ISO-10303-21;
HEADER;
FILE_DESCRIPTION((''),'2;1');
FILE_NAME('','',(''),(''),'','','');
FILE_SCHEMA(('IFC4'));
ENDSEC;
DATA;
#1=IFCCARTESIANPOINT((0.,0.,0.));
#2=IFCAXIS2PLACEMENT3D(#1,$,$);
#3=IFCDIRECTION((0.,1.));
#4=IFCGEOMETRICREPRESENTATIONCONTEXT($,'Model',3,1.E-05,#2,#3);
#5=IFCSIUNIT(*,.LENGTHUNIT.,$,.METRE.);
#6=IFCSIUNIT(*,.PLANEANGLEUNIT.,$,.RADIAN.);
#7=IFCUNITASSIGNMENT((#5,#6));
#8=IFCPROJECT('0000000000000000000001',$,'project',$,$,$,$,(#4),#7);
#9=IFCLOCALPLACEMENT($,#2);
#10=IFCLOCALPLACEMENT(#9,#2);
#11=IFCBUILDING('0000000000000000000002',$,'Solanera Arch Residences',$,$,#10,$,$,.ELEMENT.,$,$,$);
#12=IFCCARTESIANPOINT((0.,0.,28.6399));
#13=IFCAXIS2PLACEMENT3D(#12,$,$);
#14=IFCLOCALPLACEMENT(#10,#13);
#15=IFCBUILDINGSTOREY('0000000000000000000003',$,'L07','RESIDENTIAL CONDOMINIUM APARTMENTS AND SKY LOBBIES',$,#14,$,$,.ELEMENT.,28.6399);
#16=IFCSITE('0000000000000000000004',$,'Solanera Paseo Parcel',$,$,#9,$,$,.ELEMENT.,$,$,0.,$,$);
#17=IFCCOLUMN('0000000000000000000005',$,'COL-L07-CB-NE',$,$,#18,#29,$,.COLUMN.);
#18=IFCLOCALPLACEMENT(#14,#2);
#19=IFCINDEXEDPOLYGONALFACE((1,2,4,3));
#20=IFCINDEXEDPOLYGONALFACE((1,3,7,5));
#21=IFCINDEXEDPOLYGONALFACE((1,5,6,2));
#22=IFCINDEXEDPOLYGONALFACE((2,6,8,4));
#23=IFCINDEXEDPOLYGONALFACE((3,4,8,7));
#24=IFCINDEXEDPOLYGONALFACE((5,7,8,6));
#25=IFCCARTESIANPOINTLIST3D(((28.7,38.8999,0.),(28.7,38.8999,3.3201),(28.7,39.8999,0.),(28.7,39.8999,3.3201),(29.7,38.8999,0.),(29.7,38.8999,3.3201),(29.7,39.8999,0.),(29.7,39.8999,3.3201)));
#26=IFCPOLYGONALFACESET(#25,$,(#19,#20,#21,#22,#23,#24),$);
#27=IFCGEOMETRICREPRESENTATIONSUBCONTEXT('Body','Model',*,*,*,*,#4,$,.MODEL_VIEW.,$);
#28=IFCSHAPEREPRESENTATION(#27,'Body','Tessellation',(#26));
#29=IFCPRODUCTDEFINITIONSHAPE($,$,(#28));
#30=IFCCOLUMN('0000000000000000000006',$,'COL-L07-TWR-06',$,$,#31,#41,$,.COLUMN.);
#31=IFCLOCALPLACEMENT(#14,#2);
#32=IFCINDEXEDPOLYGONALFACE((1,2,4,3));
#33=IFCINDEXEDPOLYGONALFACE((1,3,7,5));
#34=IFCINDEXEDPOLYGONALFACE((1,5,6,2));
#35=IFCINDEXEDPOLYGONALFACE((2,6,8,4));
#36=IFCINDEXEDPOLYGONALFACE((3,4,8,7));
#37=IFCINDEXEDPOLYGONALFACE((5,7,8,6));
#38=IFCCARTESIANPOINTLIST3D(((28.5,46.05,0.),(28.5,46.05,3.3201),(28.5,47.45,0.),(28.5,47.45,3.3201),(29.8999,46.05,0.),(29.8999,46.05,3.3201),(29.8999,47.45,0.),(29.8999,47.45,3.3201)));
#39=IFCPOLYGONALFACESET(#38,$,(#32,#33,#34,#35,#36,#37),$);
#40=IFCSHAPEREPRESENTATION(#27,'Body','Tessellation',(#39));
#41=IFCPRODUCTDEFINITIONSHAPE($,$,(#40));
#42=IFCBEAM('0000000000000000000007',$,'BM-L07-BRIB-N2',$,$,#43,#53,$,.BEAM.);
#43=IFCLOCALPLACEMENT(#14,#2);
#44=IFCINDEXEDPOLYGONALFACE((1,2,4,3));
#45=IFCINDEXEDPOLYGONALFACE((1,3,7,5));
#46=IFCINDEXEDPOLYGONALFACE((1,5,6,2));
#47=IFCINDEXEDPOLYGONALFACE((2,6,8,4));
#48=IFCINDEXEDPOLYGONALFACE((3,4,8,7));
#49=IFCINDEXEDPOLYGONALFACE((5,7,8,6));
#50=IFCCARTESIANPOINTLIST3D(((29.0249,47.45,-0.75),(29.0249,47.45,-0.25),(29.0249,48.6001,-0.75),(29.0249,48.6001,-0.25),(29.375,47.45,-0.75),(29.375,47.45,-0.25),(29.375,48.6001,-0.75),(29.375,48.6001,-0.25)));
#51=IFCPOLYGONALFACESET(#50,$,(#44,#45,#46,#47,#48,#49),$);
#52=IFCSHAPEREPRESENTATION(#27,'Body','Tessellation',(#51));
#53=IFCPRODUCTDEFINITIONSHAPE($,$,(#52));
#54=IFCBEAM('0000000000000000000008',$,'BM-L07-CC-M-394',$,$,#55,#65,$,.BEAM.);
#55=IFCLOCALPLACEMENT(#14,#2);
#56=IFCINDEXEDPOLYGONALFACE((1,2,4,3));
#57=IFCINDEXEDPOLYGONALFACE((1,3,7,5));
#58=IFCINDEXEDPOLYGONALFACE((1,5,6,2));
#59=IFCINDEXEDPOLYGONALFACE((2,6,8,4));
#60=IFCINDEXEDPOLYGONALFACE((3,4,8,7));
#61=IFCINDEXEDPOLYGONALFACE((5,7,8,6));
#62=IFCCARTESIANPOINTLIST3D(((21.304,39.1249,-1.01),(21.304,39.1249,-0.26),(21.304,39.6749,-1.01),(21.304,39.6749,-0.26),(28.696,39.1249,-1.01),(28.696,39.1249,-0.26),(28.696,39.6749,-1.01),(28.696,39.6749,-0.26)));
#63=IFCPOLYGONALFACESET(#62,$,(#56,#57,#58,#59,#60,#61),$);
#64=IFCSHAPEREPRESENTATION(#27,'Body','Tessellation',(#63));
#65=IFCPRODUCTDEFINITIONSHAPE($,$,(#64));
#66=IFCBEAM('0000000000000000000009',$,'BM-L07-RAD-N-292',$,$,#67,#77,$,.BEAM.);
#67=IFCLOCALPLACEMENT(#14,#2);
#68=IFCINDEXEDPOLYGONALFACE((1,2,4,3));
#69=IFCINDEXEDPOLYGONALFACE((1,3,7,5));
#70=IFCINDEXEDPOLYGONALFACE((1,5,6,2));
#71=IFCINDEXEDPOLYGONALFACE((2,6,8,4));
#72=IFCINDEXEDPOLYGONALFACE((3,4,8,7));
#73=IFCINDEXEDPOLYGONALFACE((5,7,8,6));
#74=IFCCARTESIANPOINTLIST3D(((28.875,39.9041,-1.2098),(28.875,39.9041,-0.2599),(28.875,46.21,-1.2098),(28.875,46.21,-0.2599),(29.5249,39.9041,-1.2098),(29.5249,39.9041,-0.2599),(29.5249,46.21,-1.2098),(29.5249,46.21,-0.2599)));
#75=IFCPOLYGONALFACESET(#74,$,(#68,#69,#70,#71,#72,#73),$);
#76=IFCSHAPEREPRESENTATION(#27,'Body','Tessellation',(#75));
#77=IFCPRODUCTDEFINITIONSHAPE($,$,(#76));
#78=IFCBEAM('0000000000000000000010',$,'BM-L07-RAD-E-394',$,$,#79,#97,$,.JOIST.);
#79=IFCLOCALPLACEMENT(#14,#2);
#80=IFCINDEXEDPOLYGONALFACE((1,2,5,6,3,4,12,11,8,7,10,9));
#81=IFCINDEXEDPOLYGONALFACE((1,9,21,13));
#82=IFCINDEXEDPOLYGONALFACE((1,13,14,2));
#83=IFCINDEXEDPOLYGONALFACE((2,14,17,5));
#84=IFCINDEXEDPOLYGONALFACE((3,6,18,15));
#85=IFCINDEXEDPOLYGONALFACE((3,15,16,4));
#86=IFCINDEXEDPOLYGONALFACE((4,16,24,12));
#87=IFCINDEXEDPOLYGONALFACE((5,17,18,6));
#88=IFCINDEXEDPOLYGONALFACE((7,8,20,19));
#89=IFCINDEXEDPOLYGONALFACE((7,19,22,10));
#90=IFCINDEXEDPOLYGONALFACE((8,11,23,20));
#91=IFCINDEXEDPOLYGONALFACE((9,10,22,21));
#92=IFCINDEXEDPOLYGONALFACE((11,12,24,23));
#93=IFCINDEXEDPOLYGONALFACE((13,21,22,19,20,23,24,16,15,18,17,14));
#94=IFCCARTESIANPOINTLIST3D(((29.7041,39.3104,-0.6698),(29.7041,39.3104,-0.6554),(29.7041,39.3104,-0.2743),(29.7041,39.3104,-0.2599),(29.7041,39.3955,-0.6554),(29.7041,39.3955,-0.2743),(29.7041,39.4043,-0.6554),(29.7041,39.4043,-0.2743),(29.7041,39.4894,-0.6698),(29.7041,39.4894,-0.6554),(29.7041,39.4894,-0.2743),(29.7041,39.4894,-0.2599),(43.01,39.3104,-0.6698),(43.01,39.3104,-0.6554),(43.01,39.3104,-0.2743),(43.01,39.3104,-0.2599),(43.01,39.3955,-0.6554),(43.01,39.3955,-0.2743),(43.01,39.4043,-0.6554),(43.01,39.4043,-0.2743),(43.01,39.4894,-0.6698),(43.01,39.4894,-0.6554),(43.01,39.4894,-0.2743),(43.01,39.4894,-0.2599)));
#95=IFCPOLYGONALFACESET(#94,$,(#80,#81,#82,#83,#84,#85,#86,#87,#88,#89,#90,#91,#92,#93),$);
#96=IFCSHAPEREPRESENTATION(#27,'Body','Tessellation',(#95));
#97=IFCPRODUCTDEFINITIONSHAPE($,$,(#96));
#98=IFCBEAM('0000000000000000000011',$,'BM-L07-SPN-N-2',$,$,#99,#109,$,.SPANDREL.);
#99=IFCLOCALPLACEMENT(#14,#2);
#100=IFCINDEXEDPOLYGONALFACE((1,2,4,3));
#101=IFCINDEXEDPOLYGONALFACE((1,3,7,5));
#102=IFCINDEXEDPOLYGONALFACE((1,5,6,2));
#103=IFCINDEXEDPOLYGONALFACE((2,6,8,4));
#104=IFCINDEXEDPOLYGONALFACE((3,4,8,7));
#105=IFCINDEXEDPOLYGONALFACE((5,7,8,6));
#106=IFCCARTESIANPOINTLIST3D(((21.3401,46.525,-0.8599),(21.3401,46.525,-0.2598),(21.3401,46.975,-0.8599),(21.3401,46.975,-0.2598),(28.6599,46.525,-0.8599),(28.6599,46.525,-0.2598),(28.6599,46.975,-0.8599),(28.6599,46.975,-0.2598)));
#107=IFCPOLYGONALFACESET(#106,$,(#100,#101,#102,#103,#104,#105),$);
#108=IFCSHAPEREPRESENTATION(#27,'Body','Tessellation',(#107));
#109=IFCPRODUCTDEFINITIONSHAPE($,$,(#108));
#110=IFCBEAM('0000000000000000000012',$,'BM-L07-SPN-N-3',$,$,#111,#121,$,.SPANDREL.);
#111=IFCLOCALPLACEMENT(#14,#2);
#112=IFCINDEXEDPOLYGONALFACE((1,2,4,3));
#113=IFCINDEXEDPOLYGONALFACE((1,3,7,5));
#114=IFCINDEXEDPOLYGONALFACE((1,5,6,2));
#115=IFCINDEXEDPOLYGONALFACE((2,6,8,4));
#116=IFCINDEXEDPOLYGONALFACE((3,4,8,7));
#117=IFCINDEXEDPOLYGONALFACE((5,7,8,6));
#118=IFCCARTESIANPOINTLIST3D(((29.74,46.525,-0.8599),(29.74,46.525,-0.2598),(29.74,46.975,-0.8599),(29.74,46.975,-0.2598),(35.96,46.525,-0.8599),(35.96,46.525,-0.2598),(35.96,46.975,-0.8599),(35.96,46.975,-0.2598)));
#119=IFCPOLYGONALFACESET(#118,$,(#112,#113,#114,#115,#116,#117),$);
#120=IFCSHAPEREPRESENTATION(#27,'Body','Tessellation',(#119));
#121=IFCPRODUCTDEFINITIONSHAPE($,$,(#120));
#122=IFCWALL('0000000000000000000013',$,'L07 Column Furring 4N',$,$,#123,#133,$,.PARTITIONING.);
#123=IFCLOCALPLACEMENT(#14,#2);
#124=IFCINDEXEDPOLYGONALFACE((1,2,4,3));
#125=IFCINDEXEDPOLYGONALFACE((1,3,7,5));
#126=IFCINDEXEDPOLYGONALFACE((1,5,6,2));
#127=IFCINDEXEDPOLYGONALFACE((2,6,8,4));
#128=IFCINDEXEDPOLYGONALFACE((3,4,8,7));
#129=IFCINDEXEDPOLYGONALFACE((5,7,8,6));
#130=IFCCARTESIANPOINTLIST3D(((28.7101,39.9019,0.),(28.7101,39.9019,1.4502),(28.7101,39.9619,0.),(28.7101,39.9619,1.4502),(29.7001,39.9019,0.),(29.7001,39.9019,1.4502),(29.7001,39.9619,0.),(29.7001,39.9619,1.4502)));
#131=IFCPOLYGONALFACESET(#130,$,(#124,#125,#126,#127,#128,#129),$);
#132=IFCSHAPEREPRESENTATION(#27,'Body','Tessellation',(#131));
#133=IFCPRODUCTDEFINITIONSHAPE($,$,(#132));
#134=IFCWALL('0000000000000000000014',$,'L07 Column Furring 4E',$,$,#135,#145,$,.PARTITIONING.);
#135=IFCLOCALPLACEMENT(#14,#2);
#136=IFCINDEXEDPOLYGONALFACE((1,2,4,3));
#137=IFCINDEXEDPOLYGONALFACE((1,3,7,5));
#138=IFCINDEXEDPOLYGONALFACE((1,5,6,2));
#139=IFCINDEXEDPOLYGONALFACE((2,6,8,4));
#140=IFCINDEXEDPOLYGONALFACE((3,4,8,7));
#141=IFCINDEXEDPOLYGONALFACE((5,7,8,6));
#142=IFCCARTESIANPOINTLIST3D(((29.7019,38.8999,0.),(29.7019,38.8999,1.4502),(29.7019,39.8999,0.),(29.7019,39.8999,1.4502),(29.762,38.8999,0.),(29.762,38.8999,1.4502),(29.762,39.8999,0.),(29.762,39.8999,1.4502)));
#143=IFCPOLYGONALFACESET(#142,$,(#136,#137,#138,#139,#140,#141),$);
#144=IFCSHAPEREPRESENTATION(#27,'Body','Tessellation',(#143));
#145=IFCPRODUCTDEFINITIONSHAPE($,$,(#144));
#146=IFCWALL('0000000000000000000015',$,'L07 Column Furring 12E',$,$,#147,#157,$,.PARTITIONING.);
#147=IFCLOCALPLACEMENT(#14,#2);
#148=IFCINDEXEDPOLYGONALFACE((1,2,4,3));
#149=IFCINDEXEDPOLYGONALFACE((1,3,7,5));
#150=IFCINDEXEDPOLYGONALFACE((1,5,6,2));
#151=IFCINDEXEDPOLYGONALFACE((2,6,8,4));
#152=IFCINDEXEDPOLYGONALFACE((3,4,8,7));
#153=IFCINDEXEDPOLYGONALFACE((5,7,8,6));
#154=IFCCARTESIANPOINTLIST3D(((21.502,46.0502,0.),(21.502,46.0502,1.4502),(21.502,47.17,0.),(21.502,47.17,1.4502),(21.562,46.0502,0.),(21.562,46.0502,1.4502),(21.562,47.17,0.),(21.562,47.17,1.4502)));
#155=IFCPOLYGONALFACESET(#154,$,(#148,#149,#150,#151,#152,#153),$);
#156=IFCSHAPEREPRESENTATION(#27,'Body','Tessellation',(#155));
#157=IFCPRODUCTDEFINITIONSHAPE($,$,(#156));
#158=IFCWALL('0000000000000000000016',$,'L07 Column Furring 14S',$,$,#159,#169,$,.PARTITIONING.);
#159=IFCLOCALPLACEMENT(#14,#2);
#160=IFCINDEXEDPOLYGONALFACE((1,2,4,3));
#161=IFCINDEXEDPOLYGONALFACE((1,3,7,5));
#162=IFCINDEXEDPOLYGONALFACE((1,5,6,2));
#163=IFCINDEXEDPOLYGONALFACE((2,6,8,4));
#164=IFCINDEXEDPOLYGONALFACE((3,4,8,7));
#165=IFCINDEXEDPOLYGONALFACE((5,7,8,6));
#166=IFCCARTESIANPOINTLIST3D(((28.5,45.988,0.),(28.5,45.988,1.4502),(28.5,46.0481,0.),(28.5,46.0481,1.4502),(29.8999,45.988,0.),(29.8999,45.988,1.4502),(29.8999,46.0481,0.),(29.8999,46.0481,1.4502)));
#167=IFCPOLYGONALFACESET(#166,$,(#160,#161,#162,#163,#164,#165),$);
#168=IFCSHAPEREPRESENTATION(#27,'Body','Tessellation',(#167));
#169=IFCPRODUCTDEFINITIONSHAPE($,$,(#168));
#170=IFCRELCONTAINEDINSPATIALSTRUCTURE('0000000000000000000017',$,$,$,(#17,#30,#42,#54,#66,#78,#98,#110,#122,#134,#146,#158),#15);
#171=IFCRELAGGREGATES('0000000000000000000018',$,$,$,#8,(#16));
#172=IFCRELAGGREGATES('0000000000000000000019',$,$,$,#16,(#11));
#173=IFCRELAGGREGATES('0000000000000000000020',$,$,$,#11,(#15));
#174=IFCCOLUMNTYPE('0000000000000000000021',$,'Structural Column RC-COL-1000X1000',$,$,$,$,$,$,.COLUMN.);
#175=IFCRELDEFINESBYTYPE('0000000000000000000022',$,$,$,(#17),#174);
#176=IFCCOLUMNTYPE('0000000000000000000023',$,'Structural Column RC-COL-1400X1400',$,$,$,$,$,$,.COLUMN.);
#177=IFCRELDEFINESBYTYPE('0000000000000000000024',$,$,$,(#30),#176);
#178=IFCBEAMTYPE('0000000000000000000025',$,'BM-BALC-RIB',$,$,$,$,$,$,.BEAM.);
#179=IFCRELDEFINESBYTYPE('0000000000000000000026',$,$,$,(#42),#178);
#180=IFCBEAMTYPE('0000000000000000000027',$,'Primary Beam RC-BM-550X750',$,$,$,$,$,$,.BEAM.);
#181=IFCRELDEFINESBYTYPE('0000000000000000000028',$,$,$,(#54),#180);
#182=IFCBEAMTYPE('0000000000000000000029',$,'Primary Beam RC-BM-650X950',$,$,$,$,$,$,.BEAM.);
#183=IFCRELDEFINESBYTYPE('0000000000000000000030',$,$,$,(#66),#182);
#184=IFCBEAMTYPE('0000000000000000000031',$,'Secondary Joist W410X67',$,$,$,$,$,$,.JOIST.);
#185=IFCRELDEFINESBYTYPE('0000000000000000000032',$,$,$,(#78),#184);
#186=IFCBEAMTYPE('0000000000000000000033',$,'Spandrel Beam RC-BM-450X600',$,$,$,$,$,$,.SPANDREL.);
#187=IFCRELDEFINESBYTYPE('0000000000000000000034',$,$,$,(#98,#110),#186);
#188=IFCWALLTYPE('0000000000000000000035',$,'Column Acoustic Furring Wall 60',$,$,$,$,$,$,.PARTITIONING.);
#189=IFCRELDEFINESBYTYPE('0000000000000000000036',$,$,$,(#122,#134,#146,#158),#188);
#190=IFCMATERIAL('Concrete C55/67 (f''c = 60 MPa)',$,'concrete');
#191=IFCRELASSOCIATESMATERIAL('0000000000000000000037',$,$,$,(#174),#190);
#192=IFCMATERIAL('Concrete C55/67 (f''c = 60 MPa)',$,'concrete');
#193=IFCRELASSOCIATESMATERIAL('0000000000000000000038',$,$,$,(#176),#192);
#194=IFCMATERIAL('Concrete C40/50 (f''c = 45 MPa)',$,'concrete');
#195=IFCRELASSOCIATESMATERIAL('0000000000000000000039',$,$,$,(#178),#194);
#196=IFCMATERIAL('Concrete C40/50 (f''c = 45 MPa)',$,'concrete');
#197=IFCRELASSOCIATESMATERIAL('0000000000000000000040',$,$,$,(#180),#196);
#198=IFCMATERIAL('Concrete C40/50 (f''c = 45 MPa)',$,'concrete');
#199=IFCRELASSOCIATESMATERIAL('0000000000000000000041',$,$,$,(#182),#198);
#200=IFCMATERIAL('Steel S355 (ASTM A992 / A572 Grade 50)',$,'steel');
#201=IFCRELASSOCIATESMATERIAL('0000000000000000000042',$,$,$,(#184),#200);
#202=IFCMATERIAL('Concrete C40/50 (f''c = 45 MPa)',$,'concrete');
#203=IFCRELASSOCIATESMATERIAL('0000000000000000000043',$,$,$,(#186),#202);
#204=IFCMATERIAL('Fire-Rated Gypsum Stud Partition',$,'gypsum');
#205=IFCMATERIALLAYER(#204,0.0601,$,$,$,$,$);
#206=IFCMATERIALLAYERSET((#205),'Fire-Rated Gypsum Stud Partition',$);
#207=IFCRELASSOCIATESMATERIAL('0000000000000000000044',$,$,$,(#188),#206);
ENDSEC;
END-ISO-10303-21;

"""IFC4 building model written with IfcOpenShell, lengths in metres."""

from ifc_helpers import new_model, si_unit, direction, frame, frame_2d, origin, origin_2d, place, context, subcontext, project, spatial, rectangle, i_section, extrude, material, layer, layer_set, material_profile, profile_set, type_object, element, save


model = new_model("IFC4")

# Units and contexts
model_context = context("Model", 3, precision=1e-05, world=origin(), true_north=direction((0.0, 1.0)))
body_context = subcontext(model_context, "Body", "Model", "MODEL_VIEW")
ifc_project = project(units=[si_unit("LENGTHUNIT", "METRE"), si_unit("PLANEANGLEUNIT", "RADIAN")], contexts=[model_context])

# Site, building, storey
site_placement = place(None, origin())
site = spatial("IfcSite", under=ifc_project, at=site_placement, Name="Solanera Paseo Parcel", CompositionType="ELEMENT", RefElevation=0.0)
building_placement = place(site_placement, origin())
building = spatial("IfcBuilding", under=site, at=building_placement, Name="Solanera Arch Residences", CompositionType="ELEMENT")
storey_placement = place(building_placement, frame((0.0, 0.0, 28.6399)))
storey = spatial("IfcBuildingStorey", under=building, at=storey_placement, Name="L07", Description="RESIDENTIAL CONDOMINIUM APARTMENTS AND SKY LOBBIES", CompositionType="ELEMENT", Elevation=28.6399)

# Columns
ifc_material_1 = material(Name="Concrete C55/67 (f'c = 60 MPa)", Category="concrete")
ifc_material_profile_1 = material_profile(ifc_material_1, rectangle(XDim=1.0, YDim=1.0, at=origin_2d()))
ifc_profile_set_1 = profile_set([ifc_material_profile_1], Name="Concrete C55/67 (f'c = 60 MPa)")
column_type_1 = type_object("IfcColumnType", Name="Structural Column RC-COL-1000X1000", PredefinedType="COLUMN", material=ifc_profile_set_1)
column_1_placement = place(storey_placement, frame((29.2, 39.3999, 0.0), z_axis=(0.0, 0.0, 1.0), x_axis=(1.0, 0.0, 0.0)))
element("IfcColumn", 1, at=column_1_placement, inside=storey, type_object=column_type_1, Name="COL-L07-CB-NE", PredefinedType="COLUMN", context=body_context, shape_type="SweptSolid", body=[
    extrude(rectangle(XDim=1.0, YDim=1.0, at=origin_2d()), origin(), (0.0, 0.0, 1.0), 3.3201),
])
ifc_material_2 = material(Name="Concrete C55/67 (f'c = 60 MPa)", Category="concrete")
ifc_material_profile_2 = material_profile(ifc_material_2, rectangle(XDim=1.3999, YDim=1.3999, at=origin_2d()))
ifc_profile_set_2 = profile_set([ifc_material_profile_2], Name="Concrete C55/67 (f'c = 60 MPa)")
column_type_2 = type_object("IfcColumnType", Name="Structural Column RC-COL-1400X1400", PredefinedType="COLUMN", material=ifc_profile_set_2)
column_2_placement = place(storey_placement, frame((29.2, 46.75, 0.0), z_axis=(0.0, 0.0, 1.0), x_axis=(1.0, 0.0, 0.0)))
element("IfcColumn", 2, at=column_2_placement, inside=storey, type_object=column_type_2, Name="COL-L07-TWR-06", PredefinedType="COLUMN", context=body_context, shape_type="SweptSolid", body=[
    extrude(rectangle(XDim=1.3999, YDim=1.3999, at=origin_2d()), origin(), (0.0, 0.0, 1.0), 3.3201),
])

# Beams
ifc_material_3 = material(Name="Concrete C40/50 (f'c = 45 MPa)", Category="concrete")
ifc_material_profile_3 = material_profile(ifc_material_3, rectangle(XDim=0.3501, YDim=0.5, at=origin_2d()))
ifc_profile_set_3 = profile_set([ifc_material_profile_3], Name="Concrete C40/50 (f'c = 45 MPa)")
beam_type_1 = type_object("IfcBeamType", Name="BM-BALC-RIB", PredefinedType="BEAM", material=ifc_profile_set_3)
beam_1_placement = place(storey_placement, frame((29.2, 47.45, -0.5), z_axis=(0.0, 1.0, 0.0), x_axis=(-1.0, 0.0, 0.0)))
element("IfcBeam", 3, at=beam_1_placement, inside=storey, type_object=beam_type_1, Name="BM-L07-BRIB-N2", PredefinedType="BEAM", context=body_context, shape_type="SweptSolid", body=[
    extrude(rectangle(XDim=0.3501, YDim=0.5, at=origin_2d()), origin(), (0.0, 0.0, 1.0), 1.1501),
])
ifc_material_4 = material(Name="Concrete C40/50 (f'c = 45 MPa)", Category="concrete")
ifc_material_profile_4 = material_profile(ifc_material_4, rectangle(XDim=0.55, YDim=0.75, at=origin_2d()))
ifc_profile_set_4 = profile_set([ifc_material_profile_4], Name="Concrete C40/50 (f'c = 45 MPa)")
beam_type_2 = type_object("IfcBeamType", Name="Primary Beam RC-BM-550X750", PredefinedType="BEAM", material=ifc_profile_set_4)
beam_2_placement = place(storey_placement, frame((21.304, 39.3999, -0.635), z_axis=(1.0, 0.0, 0.0), x_axis=(0.0, 1.0, 0.0)))
element("IfcBeam", 4, at=beam_2_placement, inside=storey, type_object=beam_type_2, Name="BM-L07-CC-M-394", PredefinedType="BEAM", context=body_context, shape_type="SweptSolid", body=[
    extrude(rectangle(XDim=0.55, YDim=0.75, at=origin_2d()), origin(), (0.0, 0.0, 1.0), 7.3921),
])
ifc_material_5 = material(Name="Concrete C40/50 (f'c = 45 MPa)", Category="concrete")
ifc_material_profile_5 = material_profile(ifc_material_5, rectangle(XDim=0.6499, YDim=0.95, at=origin_2d()))
ifc_profile_set_5 = profile_set([ifc_material_profile_5], Name="Concrete C40/50 (f'c = 45 MPa)")
beam_type_3 = type_object("IfcBeamType", Name="Primary Beam RC-BM-650X950", PredefinedType="BEAM", material=ifc_profile_set_5)
beam_3_placement = place(storey_placement, frame((29.2, 39.9041, -0.7349), z_axis=(0.0, 1.0, 0.0), x_axis=(-1.0, 0.0, 0.0)))
element("IfcBeam", 5, at=beam_3_placement, inside=storey, type_object=beam_type_3, Name="BM-L07-RAD-N-292", PredefinedType="BEAM", context=body_context, shape_type="SweptSolid", body=[
    extrude(rectangle(XDim=0.6499, YDim=0.95, at=origin_2d()), origin(), (0.0, 0.0, 1.0), 6.3059),
])
ifc_material_6 = material(Name="Steel S355 (ASTM A992 / A572 Grade 50)", Category="steel")
ifc_material_profile_6 = material_profile(ifc_material_6, i_section(OverallWidth=0.179, OverallDepth=0.4099, WebThickness=0.0088, FlangeThickness=0.0144, at=origin_2d()))
ifc_profile_set_6 = profile_set([ifc_material_profile_6], Name="Steel S355 (ASTM A992 / A572 Grade 50)")
beam_type_4 = type_object("IfcBeamType", Name="Secondary Joist W410X67", PredefinedType="JOIST", material=ifc_profile_set_6)
beam_4_placement = place(storey_placement, frame((29.7041, 39.3999, -0.4648), z_axis=(1.0, 0.0, 0.0), x_axis=(0.0, 1.0, 0.0)))
element("IfcBeam", 6, at=beam_4_placement, inside=storey, type_object=beam_type_4, Name="BM-L07-RAD-E-394", PredefinedType="JOIST", context=body_context, shape_type="SweptSolid", body=[
    extrude(i_section(OverallWidth=0.179, OverallDepth=0.4099, WebThickness=0.0088, FlangeThickness=0.0144, at=origin_2d()), origin(), (0.0, 0.0, 1.0), 13.3059),
])
ifc_material_7 = material(Name="Concrete C40/50 (f'c = 45 MPa)", Category="concrete")
ifc_material_profile_7 = material_profile(ifc_material_7, rectangle(XDim=0.45, YDim=0.6001, at=origin_2d()))
ifc_profile_set_7 = profile_set([ifc_material_profile_7], Name="Concrete C40/50 (f'c = 45 MPa)")
beam_type_5 = type_object("IfcBeamType", Name="Spandrel Beam RC-BM-450X600", PredefinedType="SPANDREL", material=ifc_profile_set_7)
beam_5_placement = place(storey_placement, frame((21.3401, 46.75, -0.5598), z_axis=(1.0, 0.0, 0.0), x_axis=(0.0, 1.0, 0.0)))
element("IfcBeam", 7, at=beam_5_placement, inside=storey, type_object=beam_type_5, Name="BM-L07-SPN-N-2", PredefinedType="SPANDREL", context=body_context, shape_type="SweptSolid", body=[
    extrude(rectangle(XDim=0.45, YDim=0.6001, at=origin_2d()), origin(), (0.0, 0.0, 1.0), 7.3198),
])
beam_6_placement = place(storey_placement, frame((29.74, 46.75, -0.5598), z_axis=(1.0, 0.0, 0.0), x_axis=(0.0, 1.0, 0.0)))
element("IfcBeam", 8, at=beam_6_placement, inside=storey, type_object=beam_type_5, Name="BM-L07-SPN-N-3", PredefinedType="SPANDREL", context=body_context, shape_type="SweptSolid", body=[
    extrude(rectangle(XDim=0.45, YDim=0.6001, at=origin_2d()), origin(), (0.0, 0.0, 1.0), 6.22),
])

# Walls
ifc_material_8 = material(Name="Fire-Rated Gypsum Stud Partition", Category="gypsum")
ifc_layer_1 = layer(ifc_material_8, 0.0601)
ifc_layer_set_1 = layer_set([ifc_layer_1], Name="Fire-Rated Gypsum Stud Partition")
wall_type_1 = type_object("IfcWallType", Name="Column Acoustic Furring Wall 60", PredefinedType="PARTITIONING", material=ifc_layer_set_1)
wall_1_placement = place(storey_placement, frame((28.71, 39.9319, 0.0), z_axis=(0.0, 0.0, 1.0), x_axis=(1.0, 0.0, 0.0)))
element("IfcWall", 9, at=wall_1_placement, inside=storey, type_object=wall_type_1, Name="L07 Column Furring 4N", PredefinedType="PARTITIONING", context=body_context, shape_type="SweptSolid", body=[
    extrude(rectangle(XDim=0.99, YDim=0.0601, at=frame_2d((0.4951, 0.0))), origin(), (0.0, 0.0, 1.0), 1.4502),
])
wall_2_placement = place(storey_placement, frame((29.7319, 38.8999, 0.0), z_axis=(0.0, 0.0, 1.0), x_axis=(0.0, 1.0, 0.0)))
element("IfcWall", 10, at=wall_2_placement, inside=storey, type_object=wall_type_1, Name="L07 Column Furring 4E", PredefinedType="PARTITIONING", context=body_context, shape_type="SweptSolid", body=[
    extrude(rectangle(XDim=1.0, YDim=0.0601, at=frame_2d((0.5, 0.0))), origin(), (0.0, 0.0, 1.0), 1.4502),
])
wall_3_placement = place(storey_placement, frame((21.532, 46.05, 0.0), z_axis=(0.0, 0.0, 1.0), x_axis=(0.0, 1.0, 0.0)))
element("IfcWall", 11, at=wall_3_placement, inside=storey, type_object=wall_type_1, Name="L07 Column Furring 12E", PredefinedType="PARTITIONING", context=body_context, shape_type="SweptSolid", body=[
    extrude(rectangle(XDim=1.1199, YDim=0.0601, at=frame_2d((0.5601, 0.0))), origin(), (0.0, 0.0, 1.0), 1.4502),
])
wall_4_placement = place(storey_placement, frame((28.5, 46.0181, 0.0), z_axis=(0.0, 0.0, 1.0), x_axis=(1.0, 0.0, 0.0)))
element("IfcWall", 12, at=wall_4_placement, inside=storey, type_object=wall_type_1, Name="L07 Column Furring 14S", PredefinedType="PARTITIONING", context=body_context, shape_type="SweptSolid", body=[
    extrude(rectangle(XDim=1.3999, YDim=0.0601, at=frame_2d((0.7, 0.0))), origin(), (0.0, 0.0, 1.0), 1.4502),
])

save(model, "model.ifc")
